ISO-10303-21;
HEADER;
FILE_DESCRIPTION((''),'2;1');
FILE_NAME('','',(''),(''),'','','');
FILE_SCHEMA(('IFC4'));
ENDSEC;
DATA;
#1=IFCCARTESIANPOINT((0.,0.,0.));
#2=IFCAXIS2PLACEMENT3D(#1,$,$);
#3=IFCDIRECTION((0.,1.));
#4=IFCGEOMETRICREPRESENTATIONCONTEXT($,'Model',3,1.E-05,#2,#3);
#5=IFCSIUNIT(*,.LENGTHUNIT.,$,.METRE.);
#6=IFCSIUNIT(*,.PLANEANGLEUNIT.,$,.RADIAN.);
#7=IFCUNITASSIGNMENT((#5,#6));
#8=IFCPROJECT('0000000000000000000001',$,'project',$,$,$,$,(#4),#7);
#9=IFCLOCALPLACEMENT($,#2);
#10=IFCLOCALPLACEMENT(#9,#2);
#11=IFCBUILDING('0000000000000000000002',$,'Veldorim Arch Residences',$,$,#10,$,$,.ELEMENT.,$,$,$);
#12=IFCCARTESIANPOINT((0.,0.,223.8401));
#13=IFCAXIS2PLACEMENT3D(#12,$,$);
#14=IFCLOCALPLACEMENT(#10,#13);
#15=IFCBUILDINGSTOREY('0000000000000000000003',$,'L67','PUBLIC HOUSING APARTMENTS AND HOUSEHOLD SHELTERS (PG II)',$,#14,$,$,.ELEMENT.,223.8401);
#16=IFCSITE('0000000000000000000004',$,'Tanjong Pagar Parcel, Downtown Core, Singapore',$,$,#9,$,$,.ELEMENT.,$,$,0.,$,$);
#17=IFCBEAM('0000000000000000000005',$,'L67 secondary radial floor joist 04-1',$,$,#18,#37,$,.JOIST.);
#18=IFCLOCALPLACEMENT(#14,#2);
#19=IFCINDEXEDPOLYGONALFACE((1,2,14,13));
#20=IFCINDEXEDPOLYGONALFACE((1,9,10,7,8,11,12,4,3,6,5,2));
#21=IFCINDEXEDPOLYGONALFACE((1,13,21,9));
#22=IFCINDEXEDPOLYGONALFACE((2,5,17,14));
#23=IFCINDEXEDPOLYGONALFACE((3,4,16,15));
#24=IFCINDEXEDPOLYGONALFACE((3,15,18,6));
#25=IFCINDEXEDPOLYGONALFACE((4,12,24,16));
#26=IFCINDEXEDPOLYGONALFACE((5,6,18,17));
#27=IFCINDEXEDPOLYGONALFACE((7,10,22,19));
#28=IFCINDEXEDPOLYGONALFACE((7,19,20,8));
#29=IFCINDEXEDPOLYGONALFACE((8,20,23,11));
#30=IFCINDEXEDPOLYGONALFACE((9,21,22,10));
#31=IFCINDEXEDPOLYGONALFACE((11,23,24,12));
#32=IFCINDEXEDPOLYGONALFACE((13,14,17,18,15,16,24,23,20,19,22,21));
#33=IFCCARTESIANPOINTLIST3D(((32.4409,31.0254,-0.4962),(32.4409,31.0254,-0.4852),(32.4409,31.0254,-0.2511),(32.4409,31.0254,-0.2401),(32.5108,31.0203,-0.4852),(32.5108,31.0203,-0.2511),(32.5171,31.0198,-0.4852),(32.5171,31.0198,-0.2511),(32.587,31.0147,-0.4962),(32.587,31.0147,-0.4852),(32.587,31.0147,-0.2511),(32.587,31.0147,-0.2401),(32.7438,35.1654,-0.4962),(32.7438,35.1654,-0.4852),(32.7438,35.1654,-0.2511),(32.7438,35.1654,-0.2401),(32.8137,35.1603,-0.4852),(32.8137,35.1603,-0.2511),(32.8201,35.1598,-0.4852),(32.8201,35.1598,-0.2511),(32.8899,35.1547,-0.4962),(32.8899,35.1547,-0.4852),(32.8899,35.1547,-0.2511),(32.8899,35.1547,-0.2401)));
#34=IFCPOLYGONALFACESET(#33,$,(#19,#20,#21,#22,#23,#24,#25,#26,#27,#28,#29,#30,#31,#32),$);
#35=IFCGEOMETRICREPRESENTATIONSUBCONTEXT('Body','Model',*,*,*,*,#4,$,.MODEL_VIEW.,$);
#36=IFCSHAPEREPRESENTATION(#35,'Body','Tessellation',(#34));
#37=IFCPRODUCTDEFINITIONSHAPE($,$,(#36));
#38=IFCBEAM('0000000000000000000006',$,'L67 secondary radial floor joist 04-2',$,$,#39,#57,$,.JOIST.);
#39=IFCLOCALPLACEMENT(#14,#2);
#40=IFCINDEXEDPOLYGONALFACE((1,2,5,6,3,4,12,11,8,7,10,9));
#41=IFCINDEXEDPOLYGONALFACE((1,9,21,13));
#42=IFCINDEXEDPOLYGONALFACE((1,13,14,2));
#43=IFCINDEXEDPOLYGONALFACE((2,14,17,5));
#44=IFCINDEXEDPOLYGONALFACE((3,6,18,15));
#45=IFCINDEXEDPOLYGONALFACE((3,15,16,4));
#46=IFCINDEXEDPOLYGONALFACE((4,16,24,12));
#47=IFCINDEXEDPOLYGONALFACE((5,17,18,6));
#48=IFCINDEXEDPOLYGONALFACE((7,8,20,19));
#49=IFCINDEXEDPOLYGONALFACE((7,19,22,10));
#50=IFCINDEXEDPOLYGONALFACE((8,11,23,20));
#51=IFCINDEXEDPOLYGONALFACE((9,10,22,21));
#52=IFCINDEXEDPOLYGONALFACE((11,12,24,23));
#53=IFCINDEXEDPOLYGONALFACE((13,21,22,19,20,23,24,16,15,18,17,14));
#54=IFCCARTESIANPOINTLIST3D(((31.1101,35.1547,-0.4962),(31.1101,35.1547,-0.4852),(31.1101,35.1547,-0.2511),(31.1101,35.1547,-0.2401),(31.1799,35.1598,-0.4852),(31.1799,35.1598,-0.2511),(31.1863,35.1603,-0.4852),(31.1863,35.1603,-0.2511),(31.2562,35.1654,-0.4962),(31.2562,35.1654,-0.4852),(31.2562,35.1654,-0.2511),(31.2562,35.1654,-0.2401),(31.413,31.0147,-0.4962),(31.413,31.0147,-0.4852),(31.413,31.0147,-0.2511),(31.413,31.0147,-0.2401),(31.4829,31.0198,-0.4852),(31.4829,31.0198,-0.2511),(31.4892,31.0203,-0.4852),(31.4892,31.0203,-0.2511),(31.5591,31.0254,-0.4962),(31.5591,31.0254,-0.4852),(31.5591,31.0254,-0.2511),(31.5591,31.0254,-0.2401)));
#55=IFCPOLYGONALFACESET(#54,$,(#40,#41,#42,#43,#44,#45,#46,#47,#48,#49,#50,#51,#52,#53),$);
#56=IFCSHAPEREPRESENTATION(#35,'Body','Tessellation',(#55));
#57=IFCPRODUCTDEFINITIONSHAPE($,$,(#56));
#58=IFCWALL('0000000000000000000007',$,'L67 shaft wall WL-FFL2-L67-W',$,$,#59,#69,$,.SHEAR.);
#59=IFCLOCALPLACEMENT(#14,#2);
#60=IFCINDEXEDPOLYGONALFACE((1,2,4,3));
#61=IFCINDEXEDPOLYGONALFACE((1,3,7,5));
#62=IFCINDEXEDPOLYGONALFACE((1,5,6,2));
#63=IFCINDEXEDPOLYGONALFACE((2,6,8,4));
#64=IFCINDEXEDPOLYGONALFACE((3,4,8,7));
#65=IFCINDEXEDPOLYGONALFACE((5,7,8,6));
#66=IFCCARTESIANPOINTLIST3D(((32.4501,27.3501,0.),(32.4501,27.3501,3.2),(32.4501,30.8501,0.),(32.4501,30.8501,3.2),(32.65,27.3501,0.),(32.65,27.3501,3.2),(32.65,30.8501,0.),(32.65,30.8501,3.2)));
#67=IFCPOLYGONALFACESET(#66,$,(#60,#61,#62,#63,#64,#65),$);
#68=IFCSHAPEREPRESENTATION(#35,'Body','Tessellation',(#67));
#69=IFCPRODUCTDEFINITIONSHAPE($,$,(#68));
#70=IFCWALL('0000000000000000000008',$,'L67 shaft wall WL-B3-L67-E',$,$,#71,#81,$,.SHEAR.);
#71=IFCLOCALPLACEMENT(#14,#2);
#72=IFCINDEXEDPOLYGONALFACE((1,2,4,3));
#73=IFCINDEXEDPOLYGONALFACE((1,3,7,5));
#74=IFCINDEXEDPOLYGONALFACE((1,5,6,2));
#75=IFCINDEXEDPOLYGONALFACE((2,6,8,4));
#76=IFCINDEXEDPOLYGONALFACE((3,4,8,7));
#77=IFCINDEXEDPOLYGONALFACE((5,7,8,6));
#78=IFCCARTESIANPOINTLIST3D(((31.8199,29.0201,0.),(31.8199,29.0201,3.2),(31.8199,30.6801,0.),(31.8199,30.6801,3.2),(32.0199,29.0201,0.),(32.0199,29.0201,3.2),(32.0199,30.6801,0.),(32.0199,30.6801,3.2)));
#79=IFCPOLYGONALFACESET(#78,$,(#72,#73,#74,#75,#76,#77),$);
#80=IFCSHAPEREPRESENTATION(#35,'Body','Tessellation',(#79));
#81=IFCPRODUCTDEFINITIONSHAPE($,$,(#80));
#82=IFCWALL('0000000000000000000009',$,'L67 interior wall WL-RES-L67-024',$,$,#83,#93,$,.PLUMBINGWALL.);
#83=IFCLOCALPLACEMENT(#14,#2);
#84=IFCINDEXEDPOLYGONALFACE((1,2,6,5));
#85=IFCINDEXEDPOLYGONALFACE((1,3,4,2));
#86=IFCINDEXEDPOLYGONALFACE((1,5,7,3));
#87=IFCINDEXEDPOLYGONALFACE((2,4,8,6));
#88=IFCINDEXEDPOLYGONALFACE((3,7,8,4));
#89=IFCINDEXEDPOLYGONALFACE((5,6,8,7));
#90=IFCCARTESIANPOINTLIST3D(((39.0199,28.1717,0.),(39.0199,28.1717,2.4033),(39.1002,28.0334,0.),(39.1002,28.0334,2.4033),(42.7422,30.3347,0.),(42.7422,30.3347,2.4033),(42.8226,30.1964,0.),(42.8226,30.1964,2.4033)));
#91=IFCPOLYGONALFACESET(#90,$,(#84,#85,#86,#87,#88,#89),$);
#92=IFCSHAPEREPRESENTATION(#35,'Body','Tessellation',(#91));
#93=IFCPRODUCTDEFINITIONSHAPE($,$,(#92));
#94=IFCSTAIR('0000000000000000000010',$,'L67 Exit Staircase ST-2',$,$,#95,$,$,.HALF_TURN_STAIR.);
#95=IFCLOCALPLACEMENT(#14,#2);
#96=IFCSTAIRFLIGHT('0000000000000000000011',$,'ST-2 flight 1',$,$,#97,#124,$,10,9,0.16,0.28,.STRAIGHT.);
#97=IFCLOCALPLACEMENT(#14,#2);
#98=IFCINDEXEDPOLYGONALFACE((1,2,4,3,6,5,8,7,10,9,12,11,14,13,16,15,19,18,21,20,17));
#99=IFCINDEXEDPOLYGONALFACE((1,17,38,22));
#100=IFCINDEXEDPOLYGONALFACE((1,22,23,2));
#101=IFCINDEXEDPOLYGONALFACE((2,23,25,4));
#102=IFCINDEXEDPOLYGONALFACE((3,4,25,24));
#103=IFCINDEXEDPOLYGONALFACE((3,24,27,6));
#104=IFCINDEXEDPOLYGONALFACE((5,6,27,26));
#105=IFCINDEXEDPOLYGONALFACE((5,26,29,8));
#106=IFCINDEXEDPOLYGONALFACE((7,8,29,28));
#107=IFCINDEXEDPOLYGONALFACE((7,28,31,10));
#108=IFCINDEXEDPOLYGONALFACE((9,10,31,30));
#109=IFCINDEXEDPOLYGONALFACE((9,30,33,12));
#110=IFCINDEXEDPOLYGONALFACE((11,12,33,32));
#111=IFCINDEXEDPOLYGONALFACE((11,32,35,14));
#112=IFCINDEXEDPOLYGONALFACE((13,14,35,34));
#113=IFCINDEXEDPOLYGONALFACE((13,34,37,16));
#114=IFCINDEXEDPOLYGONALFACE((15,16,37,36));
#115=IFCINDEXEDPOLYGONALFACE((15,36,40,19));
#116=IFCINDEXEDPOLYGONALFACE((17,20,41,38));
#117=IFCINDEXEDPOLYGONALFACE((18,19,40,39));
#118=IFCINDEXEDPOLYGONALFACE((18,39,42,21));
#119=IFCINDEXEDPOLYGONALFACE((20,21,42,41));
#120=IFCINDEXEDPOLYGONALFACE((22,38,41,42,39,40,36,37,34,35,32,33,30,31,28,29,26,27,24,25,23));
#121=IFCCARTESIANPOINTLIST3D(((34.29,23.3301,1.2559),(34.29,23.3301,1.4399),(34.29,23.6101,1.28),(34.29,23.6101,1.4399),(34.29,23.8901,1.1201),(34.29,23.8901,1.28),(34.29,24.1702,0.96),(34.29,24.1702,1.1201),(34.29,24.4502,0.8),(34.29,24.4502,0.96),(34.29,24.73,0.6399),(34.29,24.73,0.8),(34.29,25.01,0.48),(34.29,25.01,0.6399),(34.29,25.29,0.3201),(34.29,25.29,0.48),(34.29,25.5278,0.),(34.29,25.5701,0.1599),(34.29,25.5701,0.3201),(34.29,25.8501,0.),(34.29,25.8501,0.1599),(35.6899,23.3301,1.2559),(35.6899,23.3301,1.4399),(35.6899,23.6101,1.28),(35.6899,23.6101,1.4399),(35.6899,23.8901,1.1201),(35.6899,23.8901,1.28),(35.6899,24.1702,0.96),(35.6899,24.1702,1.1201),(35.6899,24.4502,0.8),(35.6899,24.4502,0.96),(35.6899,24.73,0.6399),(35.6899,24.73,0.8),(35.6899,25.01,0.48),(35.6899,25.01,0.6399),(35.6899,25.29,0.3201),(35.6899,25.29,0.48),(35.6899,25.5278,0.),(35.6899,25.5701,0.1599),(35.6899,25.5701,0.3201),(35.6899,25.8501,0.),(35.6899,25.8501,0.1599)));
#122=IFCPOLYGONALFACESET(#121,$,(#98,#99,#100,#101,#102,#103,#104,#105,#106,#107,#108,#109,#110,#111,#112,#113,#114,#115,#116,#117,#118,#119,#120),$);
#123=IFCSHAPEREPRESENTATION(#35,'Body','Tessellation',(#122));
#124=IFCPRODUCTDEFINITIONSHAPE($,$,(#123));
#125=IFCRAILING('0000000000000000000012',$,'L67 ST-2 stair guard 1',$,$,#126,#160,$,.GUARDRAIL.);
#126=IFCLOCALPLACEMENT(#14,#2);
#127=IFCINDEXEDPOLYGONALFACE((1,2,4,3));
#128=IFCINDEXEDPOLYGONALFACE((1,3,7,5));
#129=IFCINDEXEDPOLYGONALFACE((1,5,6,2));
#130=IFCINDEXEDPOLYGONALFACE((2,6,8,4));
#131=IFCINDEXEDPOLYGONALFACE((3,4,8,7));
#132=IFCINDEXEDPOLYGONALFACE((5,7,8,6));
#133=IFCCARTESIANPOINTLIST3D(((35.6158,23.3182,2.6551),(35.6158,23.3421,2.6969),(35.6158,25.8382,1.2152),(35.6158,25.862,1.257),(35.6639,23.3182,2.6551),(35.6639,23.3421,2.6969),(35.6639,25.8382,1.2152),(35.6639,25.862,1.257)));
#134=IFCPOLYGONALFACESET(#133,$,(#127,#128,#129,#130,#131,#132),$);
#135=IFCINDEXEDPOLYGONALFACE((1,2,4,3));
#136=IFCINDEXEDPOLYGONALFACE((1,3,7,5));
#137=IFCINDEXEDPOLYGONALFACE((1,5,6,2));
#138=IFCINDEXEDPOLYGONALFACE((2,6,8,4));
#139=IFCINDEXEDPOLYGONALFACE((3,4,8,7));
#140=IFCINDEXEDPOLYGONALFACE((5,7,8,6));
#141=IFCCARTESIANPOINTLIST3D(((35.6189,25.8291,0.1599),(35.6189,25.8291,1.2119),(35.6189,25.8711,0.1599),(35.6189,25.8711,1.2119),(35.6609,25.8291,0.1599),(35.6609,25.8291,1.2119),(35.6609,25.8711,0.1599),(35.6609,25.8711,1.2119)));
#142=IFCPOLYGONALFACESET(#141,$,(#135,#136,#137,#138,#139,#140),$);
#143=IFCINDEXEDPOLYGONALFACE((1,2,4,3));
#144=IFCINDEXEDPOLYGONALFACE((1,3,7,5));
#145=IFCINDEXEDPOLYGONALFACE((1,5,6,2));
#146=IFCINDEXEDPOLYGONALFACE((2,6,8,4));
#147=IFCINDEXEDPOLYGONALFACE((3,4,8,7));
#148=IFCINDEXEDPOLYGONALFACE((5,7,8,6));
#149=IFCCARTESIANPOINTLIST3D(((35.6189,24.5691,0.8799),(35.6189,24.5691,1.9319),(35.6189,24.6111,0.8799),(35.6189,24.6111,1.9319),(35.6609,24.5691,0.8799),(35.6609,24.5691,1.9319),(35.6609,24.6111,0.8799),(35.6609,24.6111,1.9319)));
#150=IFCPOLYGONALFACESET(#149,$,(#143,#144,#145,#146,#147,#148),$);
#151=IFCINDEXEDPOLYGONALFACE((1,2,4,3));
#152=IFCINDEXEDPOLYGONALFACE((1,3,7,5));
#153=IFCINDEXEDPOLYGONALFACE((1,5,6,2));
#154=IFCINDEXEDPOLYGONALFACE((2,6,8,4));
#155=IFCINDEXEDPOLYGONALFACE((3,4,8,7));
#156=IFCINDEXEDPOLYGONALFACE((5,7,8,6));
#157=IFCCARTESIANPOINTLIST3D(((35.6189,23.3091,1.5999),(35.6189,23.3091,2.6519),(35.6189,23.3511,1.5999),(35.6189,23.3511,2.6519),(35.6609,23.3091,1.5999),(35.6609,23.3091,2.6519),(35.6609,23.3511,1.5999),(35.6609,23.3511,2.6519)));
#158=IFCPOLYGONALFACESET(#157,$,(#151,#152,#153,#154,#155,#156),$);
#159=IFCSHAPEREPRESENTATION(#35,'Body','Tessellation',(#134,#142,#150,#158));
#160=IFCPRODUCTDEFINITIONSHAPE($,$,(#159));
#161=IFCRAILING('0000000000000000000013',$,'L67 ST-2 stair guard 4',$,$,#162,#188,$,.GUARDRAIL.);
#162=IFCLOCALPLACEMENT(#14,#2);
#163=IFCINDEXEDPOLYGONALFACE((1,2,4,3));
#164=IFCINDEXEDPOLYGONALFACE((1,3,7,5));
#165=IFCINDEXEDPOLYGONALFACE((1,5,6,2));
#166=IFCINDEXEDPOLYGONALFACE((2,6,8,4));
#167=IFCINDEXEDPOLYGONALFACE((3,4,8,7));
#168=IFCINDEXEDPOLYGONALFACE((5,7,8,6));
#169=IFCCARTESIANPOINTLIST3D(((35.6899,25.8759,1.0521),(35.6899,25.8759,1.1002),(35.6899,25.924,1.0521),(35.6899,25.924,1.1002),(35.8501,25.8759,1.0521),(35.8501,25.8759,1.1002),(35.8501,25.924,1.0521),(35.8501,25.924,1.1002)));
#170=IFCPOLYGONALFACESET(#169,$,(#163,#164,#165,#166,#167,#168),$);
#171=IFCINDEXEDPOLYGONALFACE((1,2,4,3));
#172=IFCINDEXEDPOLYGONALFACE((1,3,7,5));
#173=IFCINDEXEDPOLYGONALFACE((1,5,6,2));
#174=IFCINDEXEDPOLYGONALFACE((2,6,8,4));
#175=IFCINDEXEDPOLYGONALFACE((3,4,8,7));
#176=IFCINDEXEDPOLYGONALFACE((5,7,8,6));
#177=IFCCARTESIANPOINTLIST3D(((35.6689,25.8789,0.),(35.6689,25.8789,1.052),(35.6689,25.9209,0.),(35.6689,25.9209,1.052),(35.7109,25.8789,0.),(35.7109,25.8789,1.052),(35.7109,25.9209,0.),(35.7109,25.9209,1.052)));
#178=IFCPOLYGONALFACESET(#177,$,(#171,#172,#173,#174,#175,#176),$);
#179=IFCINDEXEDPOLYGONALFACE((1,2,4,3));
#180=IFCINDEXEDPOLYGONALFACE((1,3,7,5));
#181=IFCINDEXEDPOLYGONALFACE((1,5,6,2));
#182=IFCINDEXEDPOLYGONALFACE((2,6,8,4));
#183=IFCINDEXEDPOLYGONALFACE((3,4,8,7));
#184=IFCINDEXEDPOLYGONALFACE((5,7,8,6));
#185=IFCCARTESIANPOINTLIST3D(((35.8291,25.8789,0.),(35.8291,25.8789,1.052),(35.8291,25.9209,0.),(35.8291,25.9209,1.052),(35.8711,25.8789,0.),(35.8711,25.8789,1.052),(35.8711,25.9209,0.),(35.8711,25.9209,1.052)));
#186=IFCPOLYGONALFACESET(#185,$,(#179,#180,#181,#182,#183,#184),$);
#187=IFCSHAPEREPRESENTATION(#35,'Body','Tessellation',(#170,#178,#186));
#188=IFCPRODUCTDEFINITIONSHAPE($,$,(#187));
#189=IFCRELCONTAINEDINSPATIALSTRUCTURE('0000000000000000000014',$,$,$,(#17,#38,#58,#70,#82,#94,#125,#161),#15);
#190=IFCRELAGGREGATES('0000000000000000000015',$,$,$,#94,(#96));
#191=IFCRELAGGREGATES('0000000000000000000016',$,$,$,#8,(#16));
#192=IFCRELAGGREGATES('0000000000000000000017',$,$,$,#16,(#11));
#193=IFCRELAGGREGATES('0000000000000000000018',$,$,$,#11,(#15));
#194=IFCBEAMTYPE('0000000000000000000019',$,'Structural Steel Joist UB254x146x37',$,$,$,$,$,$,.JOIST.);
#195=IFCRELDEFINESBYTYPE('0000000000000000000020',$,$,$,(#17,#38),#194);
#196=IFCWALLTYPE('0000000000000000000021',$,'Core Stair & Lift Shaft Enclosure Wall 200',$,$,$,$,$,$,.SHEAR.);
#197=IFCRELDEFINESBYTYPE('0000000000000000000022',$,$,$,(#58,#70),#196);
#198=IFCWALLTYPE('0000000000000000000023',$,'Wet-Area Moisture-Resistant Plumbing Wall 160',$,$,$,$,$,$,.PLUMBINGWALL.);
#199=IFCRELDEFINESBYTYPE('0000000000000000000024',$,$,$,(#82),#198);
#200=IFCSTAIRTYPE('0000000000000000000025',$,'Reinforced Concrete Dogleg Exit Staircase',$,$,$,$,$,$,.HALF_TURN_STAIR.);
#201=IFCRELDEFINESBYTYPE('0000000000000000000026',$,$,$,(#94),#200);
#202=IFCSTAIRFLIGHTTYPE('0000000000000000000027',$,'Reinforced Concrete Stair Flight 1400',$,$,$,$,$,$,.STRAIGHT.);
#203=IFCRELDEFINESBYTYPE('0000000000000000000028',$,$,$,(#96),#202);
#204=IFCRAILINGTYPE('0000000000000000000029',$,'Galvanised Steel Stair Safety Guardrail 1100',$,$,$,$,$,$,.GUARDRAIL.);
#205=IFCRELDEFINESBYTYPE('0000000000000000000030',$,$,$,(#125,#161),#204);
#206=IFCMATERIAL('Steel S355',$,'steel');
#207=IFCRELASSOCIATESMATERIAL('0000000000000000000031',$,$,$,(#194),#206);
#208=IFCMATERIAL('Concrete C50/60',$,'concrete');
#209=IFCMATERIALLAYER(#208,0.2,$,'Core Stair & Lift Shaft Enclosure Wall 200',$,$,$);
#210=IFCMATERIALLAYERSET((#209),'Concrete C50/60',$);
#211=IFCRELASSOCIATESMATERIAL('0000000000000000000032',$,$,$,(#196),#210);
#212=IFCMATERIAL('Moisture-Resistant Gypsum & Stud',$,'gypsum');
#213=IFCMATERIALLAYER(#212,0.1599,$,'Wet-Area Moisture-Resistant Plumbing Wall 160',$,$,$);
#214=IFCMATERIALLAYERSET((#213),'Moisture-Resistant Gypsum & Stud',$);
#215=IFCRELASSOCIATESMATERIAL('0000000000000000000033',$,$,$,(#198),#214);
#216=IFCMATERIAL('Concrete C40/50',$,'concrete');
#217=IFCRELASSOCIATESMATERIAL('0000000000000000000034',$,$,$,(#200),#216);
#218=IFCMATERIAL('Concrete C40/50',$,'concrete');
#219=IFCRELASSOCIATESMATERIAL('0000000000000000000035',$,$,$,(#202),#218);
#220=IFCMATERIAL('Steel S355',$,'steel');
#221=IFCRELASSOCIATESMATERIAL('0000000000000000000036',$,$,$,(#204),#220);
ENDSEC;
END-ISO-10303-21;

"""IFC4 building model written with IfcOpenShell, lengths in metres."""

from ifc_helpers import new_model, si_unit, direction, frame, frame_2d, origin, origin_2d, place, context, subcontext, project, spatial, polyline, rectangle, i_section, outline, extrude, material, layer, layer_set, material_profile, profile_set, type_object, element, aggregate, save


model = new_model("IFC4")

# Units and contexts
model_context = context("Model", 3, precision=1e-05, world=origin(), true_north=direction((0.0, 1.0)))
body_context = subcontext(model_context, "Body", "Model", "MODEL_VIEW")
ifc_project = project(units=[si_unit("LENGTHUNIT", "METRE"), si_unit("PLANEANGLEUNIT", "RADIAN")], contexts=[model_context])

# Site, building, storey
site_placement = place(None, origin())
site = spatial("IfcSite", under=ifc_project, at=site_placement, Name="Tanjong Pagar Parcel, Downtown Core, Singapore", CompositionType="ELEMENT", RefElevation=0.0)
building_placement = place(site_placement, origin())
building = spatial("IfcBuilding", under=site, at=building_placement, Name="Veldorim Arch Residences", CompositionType="ELEMENT")
storey_placement = place(building_placement, frame((0.0, 0.0, 223.8401)))
storey = spatial("IfcBuildingStorey", under=building, at=storey_placement, Name="L67", Description="PUBLIC HOUSING APARTMENTS AND HOUSEHOLD SHELTERS (PG II)", CompositionType="ELEMENT", Elevation=223.8401)

# Beams
ifc_material_1 = material(Name="Steel S355", Category="steel")
ifc_material_profile_1 = material_profile(ifc_material_1, i_section(OverallWidth=0.1465, OverallDepth=0.2561, WebThickness=0.0063, FlangeThickness=0.011, at=origin_2d()), Name="UB254x146x37")
ifc_profile_set_1 = profile_set([ifc_material_profile_1], Name="Steel S355")
beam_type_1 = type_object("IfcBeamType", Name="Structural Steel Joist UB254x146x37", PredefinedType="JOIST", material=ifc_profile_set_1)
for number, where, z_axis, x_axis, name in (
    (1, (32.5139, 31.02, -0.3682), (0.072986, 0.997333, 0.0), (-0.997333, 0.072986, 0.0), "L67 secondary radial floor joist 04-1"),
    (2, (31.4861, 31.02, -0.3682), (-0.072986, 0.997333, 0.0), (-0.997333, -0.072986, 0.0), "L67 secondary radial floor joist 04-2"),
):
    element("IfcBeam", number, at=place(storey_placement, frame(where, z_axis=z_axis, x_axis=x_axis)), inside=storey, type_object=beam_type_1, Name=name, PredefinedType="JOIST", context=body_context, shape_type="SweptSolid", body=[
        extrude(i_section(OverallWidth=0.1465, OverallDepth=0.2561, WebThickness=0.0063, FlangeThickness=0.011, at=origin_2d()), origin(), (0.0, 0.0, 1.0), 4.1511),
    ])

# Shared definitions
ifc_material_2 = material(Name="Concrete C50/60", Category="concrete")
ifc_layer_1 = layer(ifc_material_2, 0.2, Name="Core Stair & Lift Shaft Enclosure Wall 200")
ifc_layer_set_1 = layer_set([ifc_layer_1], Name="Concrete C50/60")
wall_type_1 = type_object("IfcWallType", Name="Core Stair & Lift Shaft Enclosure Wall 200", PredefinedType="SHEAR", material=ifc_layer_set_1)

# Wall
wall_1_placement = place(storey_placement, frame((32.55, 27.3501, 0.0), z_axis=(0.0, 0.0, 1.0), x_axis=(0.0, 1.0, 0.0)))
element("IfcWall", 3, at=wall_1_placement, inside=storey, type_object=wall_type_1, Name="L67 shaft wall WL-FFL2-L67-W", PredefinedType="SHEAR", context=body_context, shape_type="SweptSolid", body=[
    extrude(rectangle(XDim=3.5, YDim=0.2, at=frame_2d((1.75, 0.0))), origin(), (0.0, 0.0, 1.0), 3.2),
])

# Walls
wall_2_placement = place(storey_placement, frame((31.9199, 29.02, 0.0), z_axis=(0.0, 0.0, 1.0), x_axis=(0.0, 1.0, 0.0)))
element("IfcWall", 4, at=wall_2_placement, inside=storey, type_object=wall_type_1, Name="L67 shaft wall WL-B3-L67-E", PredefinedType="SHEAR", context=body_context, shape_type="SweptSolid", body=[
    extrude(rectangle(XDim=1.6599, YDim=0.2, at=frame_2d((0.8301, 0.0))), origin(), (0.0, 0.0, 1.0), 3.2),
])
ifc_material_3 = material(Name="Moisture-Resistant Gypsum & Stud", Category="gypsum")
ifc_layer_2 = layer(ifc_material_3, 0.1599, Name="Wet-Area Moisture-Resistant Plumbing Wall 160")
ifc_layer_set_2 = layer_set([ifc_layer_2], Name="Moisture-Resistant Gypsum & Stud")
wall_type_2 = type_object("IfcWallType", Name="Wet-Area Moisture-Resistant Plumbing Wall 160", PredefinedType="PLUMBINGWALL", material=ifc_layer_set_2)
wall_3_placement = place(storey_placement, frame((39.0601, 28.1025, 0.0), z_axis=(0.0, 0.0, 1.0), x_axis=(0.864619, 0.502428, 0.0)))
element("IfcWall", 5, at=wall_3_placement, inside=storey, type_object=wall_type_2, Name="L67 interior wall WL-RES-L67-024", PredefinedType="PLUMBINGWALL", context=body_context, shape_type="SweptSolid", body=[
    extrude(rectangle(XDim=4.3052, YDim=0.1599, at=frame_2d((2.1526, 0.0))), origin(), (0.0, 0.0, 1.0), 2.4033),
])

# Stair, stair flight
ifc_material_4 = material(Name="Concrete C40/50", Category="concrete")
stair_type = type_object("IfcStairType", Name="Reinforced Concrete Dogleg Exit Staircase", PredefinedType="HALF_TURN_STAIR", material=ifc_material_4)
stair_placement = place(storey_placement, origin())
stair = element("IfcStair", 6, at=stair_placement, inside=storey, type_object=stair_type, Name="L67 Exit Staircase ST-2", PredefinedType="HALF_TURN_STAIR")
ifc_material_5 = material(Name="Concrete C40/50", Category="concrete")
stair_flight_type = type_object("IfcStairFlightType", Name="Reinforced Concrete Stair Flight 1400", PredefinedType="STRAIGHT", material=ifc_material_5)
stair_flight_placement = place(storey_placement, frame((34.99, 25.8501, 0.0), z_axis=(0.0, 0.0, 1.0), x_axis=(0.0, -1.0, 0.0)))
stair_flight = element("IfcStairFlight", 7, at=stair_flight_placement, type_object=stair_flight_type, Name="ST-2 flight 1", NumberOfRisers=10, NumberOfTreads=9, PredefinedType="STRAIGHT", RiserHeight=0.16, TreadLength=0.28, context=body_context, shape_type="SweptSolid", body=[
    extrude(outline(polyline([(0.0, 0.0), (0.0, 0.1599), (0.28, 0.1599), (0.28, 0.3201), (0.5601, 0.3201), (0.5601, 0.48), (0.8401, 0.48), (0.8401, 0.6399), (1.1201, 0.6399), (1.1201, 0.8), (1.3999, 0.8), (1.3999, 0.96), (1.6799, 0.96), (1.6799, 1.1201), (1.96, 1.1201), (1.96, 1.28), (2.24, 1.28), (2.24, 1.4399), (2.52, 1.4399), (2.52, 1.6001), (2.52, 1.2559), (0.3223, 0.0), (0.0, 0.0)])), frame((0.0, 0.7, 0.0), z_axis=(0.0, -1.0, 0.0), x_axis=(1.0, 0.0, 0.0)), (0.0, 0.0, 1.0), 1.3999),
])
aggregate(stair, [stair_flight])

# Railings
ifc_material_6 = material(Name="Steel S355", Category="steel")
railing_type_1 = type_object("IfcRailingType", Name="Galvanised Steel Stair Safety Guardrail 1100", PredefinedType="GUARDRAIL", material=ifc_material_6)
railing_1_placement = place(storey_placement, frame((35.6399, 25.8501, 0.1599)))
element("IfcRailing", 8, at=railing_1_placement, inside=storey, type_object=railing_type_1, Name="L67 ST-2 stair guard 1", PredefinedType="GUARDRAIL", context=body_context, shape_type="SweptSolid", body=[
    extrude(rectangle(XDim=0.0481, YDim=0.0481, at=origin_2d()), frame((0.0, 0.0, 1.0762), z_axis=(0.0, -0.868253, 0.496121), x_axis=(1.0, 0.0, 0.0)), (0.0, 0.0, 1.0), 2.9023),
    extrude(rectangle(XDim=0.042, YDim=0.042, at=origin_2d()), origin(), (0.0, 0.0, 1.0), 1.052),
    extrude(rectangle(XDim=0.042, YDim=0.042, at=origin_2d()), frame((0.0, -1.26, 0.72)), (0.0, 0.0, 1.0), 1.052),
    extrude(rectangle(XDim=0.042, YDim=0.042, at=origin_2d()), frame((0.0, -2.52, 1.4399)), (0.0, 0.0, 1.0), 1.052),
])
railing_2_placement = place(storey_placement, frame((35.6899, 25.8999, 0.0)))
element("IfcRailing", 9, at=railing_2_placement, inside=storey, type_object=railing_type_1, Name="L67 ST-2 stair guard 4", PredefinedType="GUARDRAIL", context=body_context, shape_type="SweptSolid", body=[
    extrude(rectangle(XDim=0.0481, YDim=0.0481, at=origin_2d()), frame((0.0, 0.0, 1.0762), z_axis=(1.0, 0.0, 0.0), x_axis=(0.0, 1.0, 0.0)), (0.0, 0.0, 1.0), 0.1602),
    extrude(rectangle(XDim=0.042, YDim=0.042, at=origin_2d()), origin(), (0.0, 0.0, 1.0), 1.052),
    extrude(rectangle(XDim=0.042, YDim=0.042, at=origin_2d()), frame((0.1602, 0.0, 0.0)), (0.0, 0.0, 1.0), 1.052),
])

save(model, "model.ifc")
